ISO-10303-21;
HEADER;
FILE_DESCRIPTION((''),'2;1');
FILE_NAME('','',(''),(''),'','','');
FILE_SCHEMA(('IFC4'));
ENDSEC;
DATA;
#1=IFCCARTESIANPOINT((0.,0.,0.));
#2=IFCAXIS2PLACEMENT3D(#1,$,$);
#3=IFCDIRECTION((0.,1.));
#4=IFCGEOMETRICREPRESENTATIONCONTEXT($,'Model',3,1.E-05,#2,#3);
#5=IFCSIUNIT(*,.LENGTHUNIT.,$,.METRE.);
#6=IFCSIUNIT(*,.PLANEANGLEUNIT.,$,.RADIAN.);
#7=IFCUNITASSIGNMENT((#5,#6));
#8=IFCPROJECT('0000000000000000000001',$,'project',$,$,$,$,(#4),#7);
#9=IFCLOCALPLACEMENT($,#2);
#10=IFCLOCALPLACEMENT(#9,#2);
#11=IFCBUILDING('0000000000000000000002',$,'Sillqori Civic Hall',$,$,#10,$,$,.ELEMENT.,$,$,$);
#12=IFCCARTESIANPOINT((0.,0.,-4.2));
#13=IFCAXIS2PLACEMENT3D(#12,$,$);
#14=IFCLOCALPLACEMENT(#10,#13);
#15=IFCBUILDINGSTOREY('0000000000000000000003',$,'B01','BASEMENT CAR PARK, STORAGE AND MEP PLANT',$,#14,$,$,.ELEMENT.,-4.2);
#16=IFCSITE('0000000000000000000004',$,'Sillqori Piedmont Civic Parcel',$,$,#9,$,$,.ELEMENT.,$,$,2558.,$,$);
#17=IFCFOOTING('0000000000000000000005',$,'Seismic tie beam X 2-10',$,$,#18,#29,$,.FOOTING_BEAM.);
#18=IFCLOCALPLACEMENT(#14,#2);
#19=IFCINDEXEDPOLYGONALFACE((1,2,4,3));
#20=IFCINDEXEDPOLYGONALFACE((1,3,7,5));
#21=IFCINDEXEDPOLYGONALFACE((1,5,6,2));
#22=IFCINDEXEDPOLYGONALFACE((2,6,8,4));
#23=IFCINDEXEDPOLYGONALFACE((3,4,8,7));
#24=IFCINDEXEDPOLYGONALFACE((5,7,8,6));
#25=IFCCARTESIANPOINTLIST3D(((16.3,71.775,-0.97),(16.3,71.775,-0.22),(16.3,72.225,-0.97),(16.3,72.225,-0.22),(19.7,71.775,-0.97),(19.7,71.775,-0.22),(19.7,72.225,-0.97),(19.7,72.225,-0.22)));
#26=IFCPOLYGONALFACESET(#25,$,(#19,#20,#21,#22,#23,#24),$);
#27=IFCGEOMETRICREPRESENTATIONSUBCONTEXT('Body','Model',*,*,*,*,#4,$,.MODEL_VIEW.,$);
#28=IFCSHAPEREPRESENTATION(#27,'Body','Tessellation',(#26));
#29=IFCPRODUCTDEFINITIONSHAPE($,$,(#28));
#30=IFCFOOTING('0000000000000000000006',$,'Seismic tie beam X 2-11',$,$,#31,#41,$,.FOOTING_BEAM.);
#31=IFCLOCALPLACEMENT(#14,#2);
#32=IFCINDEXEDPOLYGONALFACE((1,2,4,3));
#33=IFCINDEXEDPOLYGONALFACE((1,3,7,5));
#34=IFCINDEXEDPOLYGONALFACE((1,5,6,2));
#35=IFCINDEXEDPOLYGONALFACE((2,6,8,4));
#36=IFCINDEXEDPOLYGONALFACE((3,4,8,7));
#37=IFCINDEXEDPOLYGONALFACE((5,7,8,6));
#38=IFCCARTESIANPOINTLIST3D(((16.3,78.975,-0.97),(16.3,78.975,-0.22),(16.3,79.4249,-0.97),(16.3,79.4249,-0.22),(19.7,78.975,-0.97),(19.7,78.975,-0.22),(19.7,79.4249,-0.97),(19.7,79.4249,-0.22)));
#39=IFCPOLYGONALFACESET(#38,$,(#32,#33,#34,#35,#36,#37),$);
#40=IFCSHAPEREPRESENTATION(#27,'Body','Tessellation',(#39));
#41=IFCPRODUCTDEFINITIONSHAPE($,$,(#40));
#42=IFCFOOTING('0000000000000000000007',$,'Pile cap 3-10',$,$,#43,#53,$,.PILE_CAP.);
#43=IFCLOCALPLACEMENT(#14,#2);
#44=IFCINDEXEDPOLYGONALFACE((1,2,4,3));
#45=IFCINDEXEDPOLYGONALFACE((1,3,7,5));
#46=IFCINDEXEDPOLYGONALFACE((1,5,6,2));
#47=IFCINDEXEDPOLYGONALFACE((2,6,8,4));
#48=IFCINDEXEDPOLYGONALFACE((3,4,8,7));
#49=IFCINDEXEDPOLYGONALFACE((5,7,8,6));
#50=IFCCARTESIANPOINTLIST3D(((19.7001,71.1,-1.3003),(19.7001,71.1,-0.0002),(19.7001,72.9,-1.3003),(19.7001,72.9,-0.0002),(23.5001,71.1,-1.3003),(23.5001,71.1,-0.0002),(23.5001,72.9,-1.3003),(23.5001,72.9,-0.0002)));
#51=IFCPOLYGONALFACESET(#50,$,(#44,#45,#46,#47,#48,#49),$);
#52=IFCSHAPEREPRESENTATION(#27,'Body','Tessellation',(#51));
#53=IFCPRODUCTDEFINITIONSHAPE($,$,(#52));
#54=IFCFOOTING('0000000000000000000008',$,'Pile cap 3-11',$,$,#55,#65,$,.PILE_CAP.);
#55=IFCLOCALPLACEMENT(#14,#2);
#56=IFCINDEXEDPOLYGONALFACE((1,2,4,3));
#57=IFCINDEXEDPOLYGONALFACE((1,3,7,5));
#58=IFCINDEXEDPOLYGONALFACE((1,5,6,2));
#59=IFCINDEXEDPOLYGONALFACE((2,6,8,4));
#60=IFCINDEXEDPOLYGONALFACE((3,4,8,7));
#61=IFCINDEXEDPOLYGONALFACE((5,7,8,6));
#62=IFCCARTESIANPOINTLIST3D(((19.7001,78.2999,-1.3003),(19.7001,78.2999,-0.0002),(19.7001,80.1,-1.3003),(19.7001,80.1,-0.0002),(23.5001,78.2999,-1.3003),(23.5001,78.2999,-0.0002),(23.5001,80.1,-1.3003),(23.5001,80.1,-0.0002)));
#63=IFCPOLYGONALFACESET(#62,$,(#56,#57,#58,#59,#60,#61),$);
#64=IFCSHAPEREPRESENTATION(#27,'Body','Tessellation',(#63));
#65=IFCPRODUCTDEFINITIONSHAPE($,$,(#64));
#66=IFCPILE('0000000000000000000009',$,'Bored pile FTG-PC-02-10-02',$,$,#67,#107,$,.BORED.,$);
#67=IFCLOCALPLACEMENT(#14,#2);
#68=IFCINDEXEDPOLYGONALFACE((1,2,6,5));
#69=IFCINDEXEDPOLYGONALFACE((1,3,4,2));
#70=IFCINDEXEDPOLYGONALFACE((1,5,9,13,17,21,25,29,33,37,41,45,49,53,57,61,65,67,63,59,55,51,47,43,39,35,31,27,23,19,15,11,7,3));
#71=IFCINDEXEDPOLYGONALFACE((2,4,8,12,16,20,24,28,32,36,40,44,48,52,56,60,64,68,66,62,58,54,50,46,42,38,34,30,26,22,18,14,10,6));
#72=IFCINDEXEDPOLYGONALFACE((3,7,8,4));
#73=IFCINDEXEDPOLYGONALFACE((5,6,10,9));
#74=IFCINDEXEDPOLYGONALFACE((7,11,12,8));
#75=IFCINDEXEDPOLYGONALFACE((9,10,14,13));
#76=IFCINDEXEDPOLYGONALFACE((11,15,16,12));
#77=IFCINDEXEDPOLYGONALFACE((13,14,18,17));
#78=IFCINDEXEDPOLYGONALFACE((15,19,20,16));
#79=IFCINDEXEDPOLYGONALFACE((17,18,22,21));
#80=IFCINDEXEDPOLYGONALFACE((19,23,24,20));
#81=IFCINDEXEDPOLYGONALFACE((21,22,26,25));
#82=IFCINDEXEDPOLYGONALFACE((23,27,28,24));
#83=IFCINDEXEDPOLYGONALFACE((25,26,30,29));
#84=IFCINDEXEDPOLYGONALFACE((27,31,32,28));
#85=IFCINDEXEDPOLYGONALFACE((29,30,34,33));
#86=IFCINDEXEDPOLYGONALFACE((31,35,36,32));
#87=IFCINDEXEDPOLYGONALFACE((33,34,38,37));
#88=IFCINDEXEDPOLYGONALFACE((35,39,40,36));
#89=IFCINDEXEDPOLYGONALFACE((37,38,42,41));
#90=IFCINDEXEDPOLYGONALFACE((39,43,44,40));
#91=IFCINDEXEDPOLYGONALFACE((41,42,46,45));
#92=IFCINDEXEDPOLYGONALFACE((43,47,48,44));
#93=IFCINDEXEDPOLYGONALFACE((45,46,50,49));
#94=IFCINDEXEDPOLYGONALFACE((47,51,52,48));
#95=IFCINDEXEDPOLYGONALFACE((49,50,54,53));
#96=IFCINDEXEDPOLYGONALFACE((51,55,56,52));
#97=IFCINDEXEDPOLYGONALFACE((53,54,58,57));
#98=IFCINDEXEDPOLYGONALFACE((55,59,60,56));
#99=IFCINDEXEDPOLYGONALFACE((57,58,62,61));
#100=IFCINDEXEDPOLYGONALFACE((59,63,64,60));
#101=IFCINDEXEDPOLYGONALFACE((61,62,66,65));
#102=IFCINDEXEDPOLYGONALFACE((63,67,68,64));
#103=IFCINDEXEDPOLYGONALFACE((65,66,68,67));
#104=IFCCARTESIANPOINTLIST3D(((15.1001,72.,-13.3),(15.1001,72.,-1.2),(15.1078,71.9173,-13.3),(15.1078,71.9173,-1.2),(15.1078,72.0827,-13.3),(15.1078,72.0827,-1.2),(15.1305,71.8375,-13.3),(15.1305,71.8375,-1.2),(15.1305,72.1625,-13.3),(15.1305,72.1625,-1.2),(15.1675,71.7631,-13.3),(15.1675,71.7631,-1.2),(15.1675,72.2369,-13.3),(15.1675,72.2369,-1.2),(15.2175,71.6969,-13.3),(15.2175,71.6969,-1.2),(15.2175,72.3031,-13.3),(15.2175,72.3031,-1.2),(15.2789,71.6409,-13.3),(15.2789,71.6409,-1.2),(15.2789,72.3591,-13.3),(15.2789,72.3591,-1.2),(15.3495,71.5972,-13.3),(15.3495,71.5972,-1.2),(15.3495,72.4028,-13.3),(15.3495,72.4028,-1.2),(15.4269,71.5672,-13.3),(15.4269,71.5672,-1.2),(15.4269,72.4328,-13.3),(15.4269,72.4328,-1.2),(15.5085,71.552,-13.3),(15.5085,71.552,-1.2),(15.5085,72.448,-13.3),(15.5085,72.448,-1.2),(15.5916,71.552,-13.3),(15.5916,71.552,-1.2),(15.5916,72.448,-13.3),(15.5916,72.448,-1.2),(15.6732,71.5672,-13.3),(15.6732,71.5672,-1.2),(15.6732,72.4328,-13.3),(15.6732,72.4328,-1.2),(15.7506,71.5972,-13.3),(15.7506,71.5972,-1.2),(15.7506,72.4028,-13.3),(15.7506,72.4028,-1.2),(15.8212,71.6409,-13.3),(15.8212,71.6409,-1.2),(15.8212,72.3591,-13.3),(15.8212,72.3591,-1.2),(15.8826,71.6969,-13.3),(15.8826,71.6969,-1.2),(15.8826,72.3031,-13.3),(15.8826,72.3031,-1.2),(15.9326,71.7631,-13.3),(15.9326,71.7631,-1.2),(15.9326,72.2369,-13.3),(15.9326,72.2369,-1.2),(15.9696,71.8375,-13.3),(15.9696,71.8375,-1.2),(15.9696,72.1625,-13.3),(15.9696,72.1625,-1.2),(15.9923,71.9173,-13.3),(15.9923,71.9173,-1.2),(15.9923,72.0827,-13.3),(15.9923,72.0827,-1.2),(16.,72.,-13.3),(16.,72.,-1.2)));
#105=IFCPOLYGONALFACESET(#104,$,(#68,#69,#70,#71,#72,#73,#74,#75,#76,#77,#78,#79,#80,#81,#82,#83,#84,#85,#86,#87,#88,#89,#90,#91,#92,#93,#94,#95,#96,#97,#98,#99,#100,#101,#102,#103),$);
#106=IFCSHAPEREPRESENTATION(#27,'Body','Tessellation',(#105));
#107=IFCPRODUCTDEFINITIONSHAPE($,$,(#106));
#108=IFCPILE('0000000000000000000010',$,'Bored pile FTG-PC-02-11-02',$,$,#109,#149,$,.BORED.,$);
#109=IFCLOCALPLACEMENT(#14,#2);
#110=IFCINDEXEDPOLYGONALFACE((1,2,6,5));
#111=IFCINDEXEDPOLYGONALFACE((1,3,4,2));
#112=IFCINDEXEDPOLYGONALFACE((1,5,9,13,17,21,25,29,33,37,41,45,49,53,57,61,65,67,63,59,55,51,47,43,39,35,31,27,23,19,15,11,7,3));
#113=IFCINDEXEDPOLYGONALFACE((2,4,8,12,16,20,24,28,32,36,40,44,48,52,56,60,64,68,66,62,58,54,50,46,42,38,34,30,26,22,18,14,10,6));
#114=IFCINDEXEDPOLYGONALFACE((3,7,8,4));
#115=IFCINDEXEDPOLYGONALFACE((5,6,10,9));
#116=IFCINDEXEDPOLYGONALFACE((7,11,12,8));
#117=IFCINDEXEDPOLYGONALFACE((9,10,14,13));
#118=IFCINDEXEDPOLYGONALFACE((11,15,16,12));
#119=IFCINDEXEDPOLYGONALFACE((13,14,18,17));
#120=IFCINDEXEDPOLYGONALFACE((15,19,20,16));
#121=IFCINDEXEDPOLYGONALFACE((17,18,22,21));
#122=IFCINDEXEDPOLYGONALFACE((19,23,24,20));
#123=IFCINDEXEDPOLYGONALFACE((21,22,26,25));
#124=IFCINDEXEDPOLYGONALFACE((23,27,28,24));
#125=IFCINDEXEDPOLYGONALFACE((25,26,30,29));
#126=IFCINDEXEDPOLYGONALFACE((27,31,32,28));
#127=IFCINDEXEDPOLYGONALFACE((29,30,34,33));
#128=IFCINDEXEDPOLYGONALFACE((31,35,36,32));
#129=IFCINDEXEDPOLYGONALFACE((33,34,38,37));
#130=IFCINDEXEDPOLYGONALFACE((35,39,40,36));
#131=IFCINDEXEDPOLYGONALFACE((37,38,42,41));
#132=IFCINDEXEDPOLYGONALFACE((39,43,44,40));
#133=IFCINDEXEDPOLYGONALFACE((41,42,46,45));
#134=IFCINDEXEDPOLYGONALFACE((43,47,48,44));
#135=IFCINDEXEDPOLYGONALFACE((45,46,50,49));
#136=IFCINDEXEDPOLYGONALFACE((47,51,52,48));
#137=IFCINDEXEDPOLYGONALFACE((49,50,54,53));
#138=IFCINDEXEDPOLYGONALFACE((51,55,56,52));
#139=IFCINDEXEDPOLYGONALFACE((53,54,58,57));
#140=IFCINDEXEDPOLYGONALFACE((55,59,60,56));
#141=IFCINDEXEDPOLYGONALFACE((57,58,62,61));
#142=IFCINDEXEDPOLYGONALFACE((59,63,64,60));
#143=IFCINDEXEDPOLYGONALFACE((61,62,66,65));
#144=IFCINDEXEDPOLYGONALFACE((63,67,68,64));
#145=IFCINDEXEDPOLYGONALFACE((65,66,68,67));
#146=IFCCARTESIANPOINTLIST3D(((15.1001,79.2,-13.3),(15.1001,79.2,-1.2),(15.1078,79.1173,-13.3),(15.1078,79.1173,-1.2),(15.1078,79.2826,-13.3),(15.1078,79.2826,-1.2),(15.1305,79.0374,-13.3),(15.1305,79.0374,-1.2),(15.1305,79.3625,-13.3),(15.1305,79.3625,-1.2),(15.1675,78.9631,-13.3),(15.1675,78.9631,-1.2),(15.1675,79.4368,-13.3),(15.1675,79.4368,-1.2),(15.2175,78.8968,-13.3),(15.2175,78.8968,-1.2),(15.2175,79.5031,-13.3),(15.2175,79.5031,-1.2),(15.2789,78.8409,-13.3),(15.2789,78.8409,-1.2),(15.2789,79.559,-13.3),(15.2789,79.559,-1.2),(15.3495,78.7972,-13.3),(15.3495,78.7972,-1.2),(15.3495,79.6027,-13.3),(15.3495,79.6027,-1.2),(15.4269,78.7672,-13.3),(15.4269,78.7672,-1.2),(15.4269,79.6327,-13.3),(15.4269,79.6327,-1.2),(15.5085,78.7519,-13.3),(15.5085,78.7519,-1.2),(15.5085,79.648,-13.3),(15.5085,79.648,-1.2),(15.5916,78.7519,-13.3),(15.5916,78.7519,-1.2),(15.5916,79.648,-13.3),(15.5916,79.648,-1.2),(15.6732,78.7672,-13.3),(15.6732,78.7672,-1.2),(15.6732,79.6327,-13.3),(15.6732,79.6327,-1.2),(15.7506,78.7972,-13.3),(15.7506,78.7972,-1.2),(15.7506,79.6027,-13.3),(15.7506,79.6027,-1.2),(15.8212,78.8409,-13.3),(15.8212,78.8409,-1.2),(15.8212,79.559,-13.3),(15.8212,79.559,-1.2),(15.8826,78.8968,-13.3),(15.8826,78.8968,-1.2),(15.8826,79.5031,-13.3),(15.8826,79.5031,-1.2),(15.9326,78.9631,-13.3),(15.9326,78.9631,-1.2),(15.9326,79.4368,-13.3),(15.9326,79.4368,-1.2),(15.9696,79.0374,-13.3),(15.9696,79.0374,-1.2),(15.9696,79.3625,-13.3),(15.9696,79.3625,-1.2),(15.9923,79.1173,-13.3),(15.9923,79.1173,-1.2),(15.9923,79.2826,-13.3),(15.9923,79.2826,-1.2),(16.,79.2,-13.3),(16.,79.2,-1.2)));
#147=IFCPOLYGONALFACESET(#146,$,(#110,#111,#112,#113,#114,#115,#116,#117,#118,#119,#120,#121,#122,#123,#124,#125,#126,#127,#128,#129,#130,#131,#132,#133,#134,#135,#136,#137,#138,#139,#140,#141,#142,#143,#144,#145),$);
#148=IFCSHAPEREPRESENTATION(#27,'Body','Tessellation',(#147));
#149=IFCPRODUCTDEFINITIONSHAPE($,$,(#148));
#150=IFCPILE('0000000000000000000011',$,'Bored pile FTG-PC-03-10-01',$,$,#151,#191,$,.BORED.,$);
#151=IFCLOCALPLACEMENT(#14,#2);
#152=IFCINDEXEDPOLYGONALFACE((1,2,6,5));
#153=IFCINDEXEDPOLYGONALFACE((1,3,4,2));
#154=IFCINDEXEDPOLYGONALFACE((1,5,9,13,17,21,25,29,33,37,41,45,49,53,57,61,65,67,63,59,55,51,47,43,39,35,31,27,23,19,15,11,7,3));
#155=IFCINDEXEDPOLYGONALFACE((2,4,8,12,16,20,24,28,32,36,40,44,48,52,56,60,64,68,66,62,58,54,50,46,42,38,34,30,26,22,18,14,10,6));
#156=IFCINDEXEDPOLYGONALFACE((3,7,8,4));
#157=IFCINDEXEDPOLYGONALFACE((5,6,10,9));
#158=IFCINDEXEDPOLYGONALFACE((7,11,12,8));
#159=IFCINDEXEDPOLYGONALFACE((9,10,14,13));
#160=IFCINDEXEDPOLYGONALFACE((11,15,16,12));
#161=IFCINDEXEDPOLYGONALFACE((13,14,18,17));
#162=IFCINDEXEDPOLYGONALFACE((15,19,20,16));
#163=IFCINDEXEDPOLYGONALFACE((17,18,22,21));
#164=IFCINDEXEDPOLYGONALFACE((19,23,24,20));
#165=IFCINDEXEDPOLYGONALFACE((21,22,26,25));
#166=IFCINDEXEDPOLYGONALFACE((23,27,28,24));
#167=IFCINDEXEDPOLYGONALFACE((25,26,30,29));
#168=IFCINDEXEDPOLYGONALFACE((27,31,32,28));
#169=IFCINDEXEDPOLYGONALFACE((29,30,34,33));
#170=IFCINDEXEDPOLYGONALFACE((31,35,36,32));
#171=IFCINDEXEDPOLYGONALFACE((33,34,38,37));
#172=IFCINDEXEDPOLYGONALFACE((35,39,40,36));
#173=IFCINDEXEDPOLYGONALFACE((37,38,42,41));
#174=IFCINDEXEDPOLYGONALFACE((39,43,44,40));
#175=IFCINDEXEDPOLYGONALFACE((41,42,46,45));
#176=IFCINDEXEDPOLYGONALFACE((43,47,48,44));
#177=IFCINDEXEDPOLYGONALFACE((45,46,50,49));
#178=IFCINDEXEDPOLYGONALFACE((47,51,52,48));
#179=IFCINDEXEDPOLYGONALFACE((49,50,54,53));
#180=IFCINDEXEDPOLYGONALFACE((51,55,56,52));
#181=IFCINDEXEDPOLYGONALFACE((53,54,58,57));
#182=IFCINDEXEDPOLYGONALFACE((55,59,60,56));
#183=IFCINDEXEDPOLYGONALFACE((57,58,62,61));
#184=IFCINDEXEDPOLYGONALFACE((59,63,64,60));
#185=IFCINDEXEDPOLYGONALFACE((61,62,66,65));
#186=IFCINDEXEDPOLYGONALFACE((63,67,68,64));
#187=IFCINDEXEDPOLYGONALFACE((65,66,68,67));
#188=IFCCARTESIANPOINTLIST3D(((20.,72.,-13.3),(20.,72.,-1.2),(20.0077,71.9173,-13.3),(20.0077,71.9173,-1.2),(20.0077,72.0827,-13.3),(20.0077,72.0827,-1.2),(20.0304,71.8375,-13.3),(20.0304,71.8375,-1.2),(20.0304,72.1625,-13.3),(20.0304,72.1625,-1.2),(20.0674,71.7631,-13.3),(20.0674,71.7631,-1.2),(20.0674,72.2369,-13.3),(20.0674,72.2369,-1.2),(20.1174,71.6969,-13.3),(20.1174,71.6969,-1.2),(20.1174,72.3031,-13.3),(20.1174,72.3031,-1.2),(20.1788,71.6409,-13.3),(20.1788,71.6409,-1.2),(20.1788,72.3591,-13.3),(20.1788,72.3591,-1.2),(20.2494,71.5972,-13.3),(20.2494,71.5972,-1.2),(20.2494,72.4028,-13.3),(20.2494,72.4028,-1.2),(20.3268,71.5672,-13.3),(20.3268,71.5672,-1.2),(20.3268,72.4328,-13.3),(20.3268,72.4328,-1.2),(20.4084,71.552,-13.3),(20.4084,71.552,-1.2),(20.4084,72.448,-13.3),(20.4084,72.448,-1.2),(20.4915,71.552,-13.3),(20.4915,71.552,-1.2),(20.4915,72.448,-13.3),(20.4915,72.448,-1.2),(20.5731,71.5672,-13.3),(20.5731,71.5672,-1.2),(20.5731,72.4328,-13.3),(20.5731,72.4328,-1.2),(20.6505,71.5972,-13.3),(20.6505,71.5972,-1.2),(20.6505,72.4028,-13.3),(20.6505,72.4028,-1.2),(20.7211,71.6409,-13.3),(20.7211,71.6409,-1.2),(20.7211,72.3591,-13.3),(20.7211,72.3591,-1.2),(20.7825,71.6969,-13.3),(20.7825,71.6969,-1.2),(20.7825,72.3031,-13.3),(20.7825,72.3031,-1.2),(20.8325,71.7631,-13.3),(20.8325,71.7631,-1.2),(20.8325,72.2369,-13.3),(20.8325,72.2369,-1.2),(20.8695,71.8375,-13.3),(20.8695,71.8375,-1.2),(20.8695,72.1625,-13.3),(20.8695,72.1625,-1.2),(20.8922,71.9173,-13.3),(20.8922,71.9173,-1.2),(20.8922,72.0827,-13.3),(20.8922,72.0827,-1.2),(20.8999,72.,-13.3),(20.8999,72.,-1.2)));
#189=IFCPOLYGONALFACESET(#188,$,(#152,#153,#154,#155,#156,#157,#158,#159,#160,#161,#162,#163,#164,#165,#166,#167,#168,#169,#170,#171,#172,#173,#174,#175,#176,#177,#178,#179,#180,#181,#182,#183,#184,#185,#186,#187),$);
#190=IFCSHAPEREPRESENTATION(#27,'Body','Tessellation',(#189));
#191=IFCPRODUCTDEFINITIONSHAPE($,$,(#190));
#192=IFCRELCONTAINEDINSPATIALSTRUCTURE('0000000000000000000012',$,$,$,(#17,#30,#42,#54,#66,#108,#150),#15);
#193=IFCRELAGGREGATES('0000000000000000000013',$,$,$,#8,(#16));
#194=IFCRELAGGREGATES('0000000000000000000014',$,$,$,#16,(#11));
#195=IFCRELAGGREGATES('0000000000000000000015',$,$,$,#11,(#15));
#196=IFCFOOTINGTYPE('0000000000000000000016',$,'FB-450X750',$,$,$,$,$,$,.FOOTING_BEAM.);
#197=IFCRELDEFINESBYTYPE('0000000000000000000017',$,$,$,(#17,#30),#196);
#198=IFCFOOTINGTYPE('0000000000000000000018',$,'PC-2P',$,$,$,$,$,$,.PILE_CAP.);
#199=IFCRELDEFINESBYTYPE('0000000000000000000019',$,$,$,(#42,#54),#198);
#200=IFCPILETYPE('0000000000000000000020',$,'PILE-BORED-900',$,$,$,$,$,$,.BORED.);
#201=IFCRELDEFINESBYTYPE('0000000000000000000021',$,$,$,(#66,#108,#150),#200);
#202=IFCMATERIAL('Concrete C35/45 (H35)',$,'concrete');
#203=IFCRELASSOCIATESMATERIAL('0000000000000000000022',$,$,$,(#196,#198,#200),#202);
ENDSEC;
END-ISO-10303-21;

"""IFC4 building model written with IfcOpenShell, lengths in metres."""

from ifc_helpers import new_model, si_unit, direction, frame, origin, origin_2d, place, context, subcontext, project, spatial, rectangle, circle, extrude, material, material_profile, profile_set, type_object, element, save


model = new_model("IFC4")

# Units and contexts
model_context = context("Model", 3, precision=1e-05, world=origin(), true_north=direction((0.0, 1.0)))
body_context = subcontext(model_context, "Body", "Model", "MODEL_VIEW")
ifc_project = project(units=[si_unit("LENGTHUNIT", "METRE"), si_unit("PLANEANGLEUNIT", "RADIAN")], contexts=[model_context])

# Site, building, storey
site_placement = place(None, origin())
site = spatial("IfcSite", under=ifc_project, at=site_placement, Name="Sillqori Piedmont Civic Parcel", CompositionType="ELEMENT", RefElevation=2558.0)
building_placement = place(site_placement, origin())
building = spatial("IfcBuilding", under=site, at=building_placement, Name="Sillqori Civic Hall", CompositionType="ELEMENT")
storey_placement = place(building_placement, frame((0.0, 0.0, -4.2)))
storey = spatial("IfcBuildingStorey", under=building, at=storey_placement, Name="B01", Description="BASEMENT CAR PARK, STORAGE AND MEP PLANT", CompositionType="ELEMENT", Elevation=-4.2)

# Footings
ifc_material_1 = material(Name="Concrete C35/45 (H35)", Category="concrete")
footing_type_1 = type_object("IfcFootingType", Name="FB-450X750", PredefinedType="FOOTING_BEAM", material=ifc_material_1)
for number, where, z_axis, x_axis, name in (
    (1, (18.0, 72.0, -0.97), (0.0, 0.0, 1.0), (1.0, 0.0, 0.0), "Seismic tie beam X 2-10"),
    (2, (18.0, 79.2, -0.97), (0.0, 0.0, 1.0), (1.0, 0.0, 0.0), "Seismic tie beam X 2-11"),
):
    element("IfcFooting", number, at=place(storey_placement, frame(where, z_axis=z_axis, x_axis=x_axis)), inside=storey, type_object=footing_type_1, Name=name, PredefinedType="FOOTING_BEAM", context=body_context, shape_type="SweptSolid", body=[
        extrude(rectangle(XDim=3.3999, YDim=0.45, at=origin_2d()), origin(), (0.0, 0.0, 1.0), 0.75),
    ])
footing_type_2 = type_object("IfcFootingType", Name="PC-2P", PredefinedType="PILE_CAP", material=ifc_material_1)
for number, where, z_axis, x_axis, name in (
    (3, (21.6001, 72.0, -1.3003), (0.0, 0.0, 1.0), (1.0, 0.0, 0.0), "Pile cap 3-10"),
    (4, (21.6001, 79.2, -1.3003), (0.0, 0.0, 1.0), (1.0, 0.0, 0.0), "Pile cap 3-11"),
):
    element("IfcFooting", number, at=place(storey_placement, frame(where, z_axis=z_axis, x_axis=x_axis)), inside=storey, type_object=footing_type_2, Name=name, PredefinedType="PILE_CAP", context=body_context, shape_type="SweptSolid", body=[
        extrude(rectangle(XDim=3.8, YDim=1.8, at=origin_2d()), origin(), (0.0, 0.0, 1.0), 1.3),
    ])

# Piles
ifc_material_profile_1 = material_profile(ifc_material_1, circle(Radius=0.45, at=origin_2d()), Name="BORED PILE 900")
ifc_profile_set_1 = profile_set([ifc_material_profile_1], Name="Concrete C35/45 (H35)")
pile_type = type_object("IfcPileType", Name="PILE-BORED-900", PredefinedType="BORED", material=ifc_profile_set_1)
for number, where, z_axis, x_axis, name in (
    (5, (15.55, 72.0, -1.2), (0.0, 0.0, -1.0), (1.0, 0.0, 0.0), "Bored pile FTG-PC-02-10-02"),
    (6, (15.55, 79.2, -1.2), (0.0, 0.0, -1.0), (1.0, 0.0, 0.0), "Bored pile FTG-PC-02-11-02"),
    (7, (20.45, 72.0, -1.2), (0.0, 0.0, -1.0), (1.0, 0.0, 0.0), "Bored pile FTG-PC-03-10-01"),
):
    element("IfcPile", number, at=place(storey_placement, frame(where, z_axis=z_axis, x_axis=x_axis)), inside=storey, type_object=pile_type, Name=name, PredefinedType="BORED", context=body_context, shape_type="SweptSolid", body=[
        extrude(circle(Radius=0.45, at=origin_2d()), origin(), (0.0, 0.0, 1.0), 12.1001),
    ])

save(model, "model.ifc")
